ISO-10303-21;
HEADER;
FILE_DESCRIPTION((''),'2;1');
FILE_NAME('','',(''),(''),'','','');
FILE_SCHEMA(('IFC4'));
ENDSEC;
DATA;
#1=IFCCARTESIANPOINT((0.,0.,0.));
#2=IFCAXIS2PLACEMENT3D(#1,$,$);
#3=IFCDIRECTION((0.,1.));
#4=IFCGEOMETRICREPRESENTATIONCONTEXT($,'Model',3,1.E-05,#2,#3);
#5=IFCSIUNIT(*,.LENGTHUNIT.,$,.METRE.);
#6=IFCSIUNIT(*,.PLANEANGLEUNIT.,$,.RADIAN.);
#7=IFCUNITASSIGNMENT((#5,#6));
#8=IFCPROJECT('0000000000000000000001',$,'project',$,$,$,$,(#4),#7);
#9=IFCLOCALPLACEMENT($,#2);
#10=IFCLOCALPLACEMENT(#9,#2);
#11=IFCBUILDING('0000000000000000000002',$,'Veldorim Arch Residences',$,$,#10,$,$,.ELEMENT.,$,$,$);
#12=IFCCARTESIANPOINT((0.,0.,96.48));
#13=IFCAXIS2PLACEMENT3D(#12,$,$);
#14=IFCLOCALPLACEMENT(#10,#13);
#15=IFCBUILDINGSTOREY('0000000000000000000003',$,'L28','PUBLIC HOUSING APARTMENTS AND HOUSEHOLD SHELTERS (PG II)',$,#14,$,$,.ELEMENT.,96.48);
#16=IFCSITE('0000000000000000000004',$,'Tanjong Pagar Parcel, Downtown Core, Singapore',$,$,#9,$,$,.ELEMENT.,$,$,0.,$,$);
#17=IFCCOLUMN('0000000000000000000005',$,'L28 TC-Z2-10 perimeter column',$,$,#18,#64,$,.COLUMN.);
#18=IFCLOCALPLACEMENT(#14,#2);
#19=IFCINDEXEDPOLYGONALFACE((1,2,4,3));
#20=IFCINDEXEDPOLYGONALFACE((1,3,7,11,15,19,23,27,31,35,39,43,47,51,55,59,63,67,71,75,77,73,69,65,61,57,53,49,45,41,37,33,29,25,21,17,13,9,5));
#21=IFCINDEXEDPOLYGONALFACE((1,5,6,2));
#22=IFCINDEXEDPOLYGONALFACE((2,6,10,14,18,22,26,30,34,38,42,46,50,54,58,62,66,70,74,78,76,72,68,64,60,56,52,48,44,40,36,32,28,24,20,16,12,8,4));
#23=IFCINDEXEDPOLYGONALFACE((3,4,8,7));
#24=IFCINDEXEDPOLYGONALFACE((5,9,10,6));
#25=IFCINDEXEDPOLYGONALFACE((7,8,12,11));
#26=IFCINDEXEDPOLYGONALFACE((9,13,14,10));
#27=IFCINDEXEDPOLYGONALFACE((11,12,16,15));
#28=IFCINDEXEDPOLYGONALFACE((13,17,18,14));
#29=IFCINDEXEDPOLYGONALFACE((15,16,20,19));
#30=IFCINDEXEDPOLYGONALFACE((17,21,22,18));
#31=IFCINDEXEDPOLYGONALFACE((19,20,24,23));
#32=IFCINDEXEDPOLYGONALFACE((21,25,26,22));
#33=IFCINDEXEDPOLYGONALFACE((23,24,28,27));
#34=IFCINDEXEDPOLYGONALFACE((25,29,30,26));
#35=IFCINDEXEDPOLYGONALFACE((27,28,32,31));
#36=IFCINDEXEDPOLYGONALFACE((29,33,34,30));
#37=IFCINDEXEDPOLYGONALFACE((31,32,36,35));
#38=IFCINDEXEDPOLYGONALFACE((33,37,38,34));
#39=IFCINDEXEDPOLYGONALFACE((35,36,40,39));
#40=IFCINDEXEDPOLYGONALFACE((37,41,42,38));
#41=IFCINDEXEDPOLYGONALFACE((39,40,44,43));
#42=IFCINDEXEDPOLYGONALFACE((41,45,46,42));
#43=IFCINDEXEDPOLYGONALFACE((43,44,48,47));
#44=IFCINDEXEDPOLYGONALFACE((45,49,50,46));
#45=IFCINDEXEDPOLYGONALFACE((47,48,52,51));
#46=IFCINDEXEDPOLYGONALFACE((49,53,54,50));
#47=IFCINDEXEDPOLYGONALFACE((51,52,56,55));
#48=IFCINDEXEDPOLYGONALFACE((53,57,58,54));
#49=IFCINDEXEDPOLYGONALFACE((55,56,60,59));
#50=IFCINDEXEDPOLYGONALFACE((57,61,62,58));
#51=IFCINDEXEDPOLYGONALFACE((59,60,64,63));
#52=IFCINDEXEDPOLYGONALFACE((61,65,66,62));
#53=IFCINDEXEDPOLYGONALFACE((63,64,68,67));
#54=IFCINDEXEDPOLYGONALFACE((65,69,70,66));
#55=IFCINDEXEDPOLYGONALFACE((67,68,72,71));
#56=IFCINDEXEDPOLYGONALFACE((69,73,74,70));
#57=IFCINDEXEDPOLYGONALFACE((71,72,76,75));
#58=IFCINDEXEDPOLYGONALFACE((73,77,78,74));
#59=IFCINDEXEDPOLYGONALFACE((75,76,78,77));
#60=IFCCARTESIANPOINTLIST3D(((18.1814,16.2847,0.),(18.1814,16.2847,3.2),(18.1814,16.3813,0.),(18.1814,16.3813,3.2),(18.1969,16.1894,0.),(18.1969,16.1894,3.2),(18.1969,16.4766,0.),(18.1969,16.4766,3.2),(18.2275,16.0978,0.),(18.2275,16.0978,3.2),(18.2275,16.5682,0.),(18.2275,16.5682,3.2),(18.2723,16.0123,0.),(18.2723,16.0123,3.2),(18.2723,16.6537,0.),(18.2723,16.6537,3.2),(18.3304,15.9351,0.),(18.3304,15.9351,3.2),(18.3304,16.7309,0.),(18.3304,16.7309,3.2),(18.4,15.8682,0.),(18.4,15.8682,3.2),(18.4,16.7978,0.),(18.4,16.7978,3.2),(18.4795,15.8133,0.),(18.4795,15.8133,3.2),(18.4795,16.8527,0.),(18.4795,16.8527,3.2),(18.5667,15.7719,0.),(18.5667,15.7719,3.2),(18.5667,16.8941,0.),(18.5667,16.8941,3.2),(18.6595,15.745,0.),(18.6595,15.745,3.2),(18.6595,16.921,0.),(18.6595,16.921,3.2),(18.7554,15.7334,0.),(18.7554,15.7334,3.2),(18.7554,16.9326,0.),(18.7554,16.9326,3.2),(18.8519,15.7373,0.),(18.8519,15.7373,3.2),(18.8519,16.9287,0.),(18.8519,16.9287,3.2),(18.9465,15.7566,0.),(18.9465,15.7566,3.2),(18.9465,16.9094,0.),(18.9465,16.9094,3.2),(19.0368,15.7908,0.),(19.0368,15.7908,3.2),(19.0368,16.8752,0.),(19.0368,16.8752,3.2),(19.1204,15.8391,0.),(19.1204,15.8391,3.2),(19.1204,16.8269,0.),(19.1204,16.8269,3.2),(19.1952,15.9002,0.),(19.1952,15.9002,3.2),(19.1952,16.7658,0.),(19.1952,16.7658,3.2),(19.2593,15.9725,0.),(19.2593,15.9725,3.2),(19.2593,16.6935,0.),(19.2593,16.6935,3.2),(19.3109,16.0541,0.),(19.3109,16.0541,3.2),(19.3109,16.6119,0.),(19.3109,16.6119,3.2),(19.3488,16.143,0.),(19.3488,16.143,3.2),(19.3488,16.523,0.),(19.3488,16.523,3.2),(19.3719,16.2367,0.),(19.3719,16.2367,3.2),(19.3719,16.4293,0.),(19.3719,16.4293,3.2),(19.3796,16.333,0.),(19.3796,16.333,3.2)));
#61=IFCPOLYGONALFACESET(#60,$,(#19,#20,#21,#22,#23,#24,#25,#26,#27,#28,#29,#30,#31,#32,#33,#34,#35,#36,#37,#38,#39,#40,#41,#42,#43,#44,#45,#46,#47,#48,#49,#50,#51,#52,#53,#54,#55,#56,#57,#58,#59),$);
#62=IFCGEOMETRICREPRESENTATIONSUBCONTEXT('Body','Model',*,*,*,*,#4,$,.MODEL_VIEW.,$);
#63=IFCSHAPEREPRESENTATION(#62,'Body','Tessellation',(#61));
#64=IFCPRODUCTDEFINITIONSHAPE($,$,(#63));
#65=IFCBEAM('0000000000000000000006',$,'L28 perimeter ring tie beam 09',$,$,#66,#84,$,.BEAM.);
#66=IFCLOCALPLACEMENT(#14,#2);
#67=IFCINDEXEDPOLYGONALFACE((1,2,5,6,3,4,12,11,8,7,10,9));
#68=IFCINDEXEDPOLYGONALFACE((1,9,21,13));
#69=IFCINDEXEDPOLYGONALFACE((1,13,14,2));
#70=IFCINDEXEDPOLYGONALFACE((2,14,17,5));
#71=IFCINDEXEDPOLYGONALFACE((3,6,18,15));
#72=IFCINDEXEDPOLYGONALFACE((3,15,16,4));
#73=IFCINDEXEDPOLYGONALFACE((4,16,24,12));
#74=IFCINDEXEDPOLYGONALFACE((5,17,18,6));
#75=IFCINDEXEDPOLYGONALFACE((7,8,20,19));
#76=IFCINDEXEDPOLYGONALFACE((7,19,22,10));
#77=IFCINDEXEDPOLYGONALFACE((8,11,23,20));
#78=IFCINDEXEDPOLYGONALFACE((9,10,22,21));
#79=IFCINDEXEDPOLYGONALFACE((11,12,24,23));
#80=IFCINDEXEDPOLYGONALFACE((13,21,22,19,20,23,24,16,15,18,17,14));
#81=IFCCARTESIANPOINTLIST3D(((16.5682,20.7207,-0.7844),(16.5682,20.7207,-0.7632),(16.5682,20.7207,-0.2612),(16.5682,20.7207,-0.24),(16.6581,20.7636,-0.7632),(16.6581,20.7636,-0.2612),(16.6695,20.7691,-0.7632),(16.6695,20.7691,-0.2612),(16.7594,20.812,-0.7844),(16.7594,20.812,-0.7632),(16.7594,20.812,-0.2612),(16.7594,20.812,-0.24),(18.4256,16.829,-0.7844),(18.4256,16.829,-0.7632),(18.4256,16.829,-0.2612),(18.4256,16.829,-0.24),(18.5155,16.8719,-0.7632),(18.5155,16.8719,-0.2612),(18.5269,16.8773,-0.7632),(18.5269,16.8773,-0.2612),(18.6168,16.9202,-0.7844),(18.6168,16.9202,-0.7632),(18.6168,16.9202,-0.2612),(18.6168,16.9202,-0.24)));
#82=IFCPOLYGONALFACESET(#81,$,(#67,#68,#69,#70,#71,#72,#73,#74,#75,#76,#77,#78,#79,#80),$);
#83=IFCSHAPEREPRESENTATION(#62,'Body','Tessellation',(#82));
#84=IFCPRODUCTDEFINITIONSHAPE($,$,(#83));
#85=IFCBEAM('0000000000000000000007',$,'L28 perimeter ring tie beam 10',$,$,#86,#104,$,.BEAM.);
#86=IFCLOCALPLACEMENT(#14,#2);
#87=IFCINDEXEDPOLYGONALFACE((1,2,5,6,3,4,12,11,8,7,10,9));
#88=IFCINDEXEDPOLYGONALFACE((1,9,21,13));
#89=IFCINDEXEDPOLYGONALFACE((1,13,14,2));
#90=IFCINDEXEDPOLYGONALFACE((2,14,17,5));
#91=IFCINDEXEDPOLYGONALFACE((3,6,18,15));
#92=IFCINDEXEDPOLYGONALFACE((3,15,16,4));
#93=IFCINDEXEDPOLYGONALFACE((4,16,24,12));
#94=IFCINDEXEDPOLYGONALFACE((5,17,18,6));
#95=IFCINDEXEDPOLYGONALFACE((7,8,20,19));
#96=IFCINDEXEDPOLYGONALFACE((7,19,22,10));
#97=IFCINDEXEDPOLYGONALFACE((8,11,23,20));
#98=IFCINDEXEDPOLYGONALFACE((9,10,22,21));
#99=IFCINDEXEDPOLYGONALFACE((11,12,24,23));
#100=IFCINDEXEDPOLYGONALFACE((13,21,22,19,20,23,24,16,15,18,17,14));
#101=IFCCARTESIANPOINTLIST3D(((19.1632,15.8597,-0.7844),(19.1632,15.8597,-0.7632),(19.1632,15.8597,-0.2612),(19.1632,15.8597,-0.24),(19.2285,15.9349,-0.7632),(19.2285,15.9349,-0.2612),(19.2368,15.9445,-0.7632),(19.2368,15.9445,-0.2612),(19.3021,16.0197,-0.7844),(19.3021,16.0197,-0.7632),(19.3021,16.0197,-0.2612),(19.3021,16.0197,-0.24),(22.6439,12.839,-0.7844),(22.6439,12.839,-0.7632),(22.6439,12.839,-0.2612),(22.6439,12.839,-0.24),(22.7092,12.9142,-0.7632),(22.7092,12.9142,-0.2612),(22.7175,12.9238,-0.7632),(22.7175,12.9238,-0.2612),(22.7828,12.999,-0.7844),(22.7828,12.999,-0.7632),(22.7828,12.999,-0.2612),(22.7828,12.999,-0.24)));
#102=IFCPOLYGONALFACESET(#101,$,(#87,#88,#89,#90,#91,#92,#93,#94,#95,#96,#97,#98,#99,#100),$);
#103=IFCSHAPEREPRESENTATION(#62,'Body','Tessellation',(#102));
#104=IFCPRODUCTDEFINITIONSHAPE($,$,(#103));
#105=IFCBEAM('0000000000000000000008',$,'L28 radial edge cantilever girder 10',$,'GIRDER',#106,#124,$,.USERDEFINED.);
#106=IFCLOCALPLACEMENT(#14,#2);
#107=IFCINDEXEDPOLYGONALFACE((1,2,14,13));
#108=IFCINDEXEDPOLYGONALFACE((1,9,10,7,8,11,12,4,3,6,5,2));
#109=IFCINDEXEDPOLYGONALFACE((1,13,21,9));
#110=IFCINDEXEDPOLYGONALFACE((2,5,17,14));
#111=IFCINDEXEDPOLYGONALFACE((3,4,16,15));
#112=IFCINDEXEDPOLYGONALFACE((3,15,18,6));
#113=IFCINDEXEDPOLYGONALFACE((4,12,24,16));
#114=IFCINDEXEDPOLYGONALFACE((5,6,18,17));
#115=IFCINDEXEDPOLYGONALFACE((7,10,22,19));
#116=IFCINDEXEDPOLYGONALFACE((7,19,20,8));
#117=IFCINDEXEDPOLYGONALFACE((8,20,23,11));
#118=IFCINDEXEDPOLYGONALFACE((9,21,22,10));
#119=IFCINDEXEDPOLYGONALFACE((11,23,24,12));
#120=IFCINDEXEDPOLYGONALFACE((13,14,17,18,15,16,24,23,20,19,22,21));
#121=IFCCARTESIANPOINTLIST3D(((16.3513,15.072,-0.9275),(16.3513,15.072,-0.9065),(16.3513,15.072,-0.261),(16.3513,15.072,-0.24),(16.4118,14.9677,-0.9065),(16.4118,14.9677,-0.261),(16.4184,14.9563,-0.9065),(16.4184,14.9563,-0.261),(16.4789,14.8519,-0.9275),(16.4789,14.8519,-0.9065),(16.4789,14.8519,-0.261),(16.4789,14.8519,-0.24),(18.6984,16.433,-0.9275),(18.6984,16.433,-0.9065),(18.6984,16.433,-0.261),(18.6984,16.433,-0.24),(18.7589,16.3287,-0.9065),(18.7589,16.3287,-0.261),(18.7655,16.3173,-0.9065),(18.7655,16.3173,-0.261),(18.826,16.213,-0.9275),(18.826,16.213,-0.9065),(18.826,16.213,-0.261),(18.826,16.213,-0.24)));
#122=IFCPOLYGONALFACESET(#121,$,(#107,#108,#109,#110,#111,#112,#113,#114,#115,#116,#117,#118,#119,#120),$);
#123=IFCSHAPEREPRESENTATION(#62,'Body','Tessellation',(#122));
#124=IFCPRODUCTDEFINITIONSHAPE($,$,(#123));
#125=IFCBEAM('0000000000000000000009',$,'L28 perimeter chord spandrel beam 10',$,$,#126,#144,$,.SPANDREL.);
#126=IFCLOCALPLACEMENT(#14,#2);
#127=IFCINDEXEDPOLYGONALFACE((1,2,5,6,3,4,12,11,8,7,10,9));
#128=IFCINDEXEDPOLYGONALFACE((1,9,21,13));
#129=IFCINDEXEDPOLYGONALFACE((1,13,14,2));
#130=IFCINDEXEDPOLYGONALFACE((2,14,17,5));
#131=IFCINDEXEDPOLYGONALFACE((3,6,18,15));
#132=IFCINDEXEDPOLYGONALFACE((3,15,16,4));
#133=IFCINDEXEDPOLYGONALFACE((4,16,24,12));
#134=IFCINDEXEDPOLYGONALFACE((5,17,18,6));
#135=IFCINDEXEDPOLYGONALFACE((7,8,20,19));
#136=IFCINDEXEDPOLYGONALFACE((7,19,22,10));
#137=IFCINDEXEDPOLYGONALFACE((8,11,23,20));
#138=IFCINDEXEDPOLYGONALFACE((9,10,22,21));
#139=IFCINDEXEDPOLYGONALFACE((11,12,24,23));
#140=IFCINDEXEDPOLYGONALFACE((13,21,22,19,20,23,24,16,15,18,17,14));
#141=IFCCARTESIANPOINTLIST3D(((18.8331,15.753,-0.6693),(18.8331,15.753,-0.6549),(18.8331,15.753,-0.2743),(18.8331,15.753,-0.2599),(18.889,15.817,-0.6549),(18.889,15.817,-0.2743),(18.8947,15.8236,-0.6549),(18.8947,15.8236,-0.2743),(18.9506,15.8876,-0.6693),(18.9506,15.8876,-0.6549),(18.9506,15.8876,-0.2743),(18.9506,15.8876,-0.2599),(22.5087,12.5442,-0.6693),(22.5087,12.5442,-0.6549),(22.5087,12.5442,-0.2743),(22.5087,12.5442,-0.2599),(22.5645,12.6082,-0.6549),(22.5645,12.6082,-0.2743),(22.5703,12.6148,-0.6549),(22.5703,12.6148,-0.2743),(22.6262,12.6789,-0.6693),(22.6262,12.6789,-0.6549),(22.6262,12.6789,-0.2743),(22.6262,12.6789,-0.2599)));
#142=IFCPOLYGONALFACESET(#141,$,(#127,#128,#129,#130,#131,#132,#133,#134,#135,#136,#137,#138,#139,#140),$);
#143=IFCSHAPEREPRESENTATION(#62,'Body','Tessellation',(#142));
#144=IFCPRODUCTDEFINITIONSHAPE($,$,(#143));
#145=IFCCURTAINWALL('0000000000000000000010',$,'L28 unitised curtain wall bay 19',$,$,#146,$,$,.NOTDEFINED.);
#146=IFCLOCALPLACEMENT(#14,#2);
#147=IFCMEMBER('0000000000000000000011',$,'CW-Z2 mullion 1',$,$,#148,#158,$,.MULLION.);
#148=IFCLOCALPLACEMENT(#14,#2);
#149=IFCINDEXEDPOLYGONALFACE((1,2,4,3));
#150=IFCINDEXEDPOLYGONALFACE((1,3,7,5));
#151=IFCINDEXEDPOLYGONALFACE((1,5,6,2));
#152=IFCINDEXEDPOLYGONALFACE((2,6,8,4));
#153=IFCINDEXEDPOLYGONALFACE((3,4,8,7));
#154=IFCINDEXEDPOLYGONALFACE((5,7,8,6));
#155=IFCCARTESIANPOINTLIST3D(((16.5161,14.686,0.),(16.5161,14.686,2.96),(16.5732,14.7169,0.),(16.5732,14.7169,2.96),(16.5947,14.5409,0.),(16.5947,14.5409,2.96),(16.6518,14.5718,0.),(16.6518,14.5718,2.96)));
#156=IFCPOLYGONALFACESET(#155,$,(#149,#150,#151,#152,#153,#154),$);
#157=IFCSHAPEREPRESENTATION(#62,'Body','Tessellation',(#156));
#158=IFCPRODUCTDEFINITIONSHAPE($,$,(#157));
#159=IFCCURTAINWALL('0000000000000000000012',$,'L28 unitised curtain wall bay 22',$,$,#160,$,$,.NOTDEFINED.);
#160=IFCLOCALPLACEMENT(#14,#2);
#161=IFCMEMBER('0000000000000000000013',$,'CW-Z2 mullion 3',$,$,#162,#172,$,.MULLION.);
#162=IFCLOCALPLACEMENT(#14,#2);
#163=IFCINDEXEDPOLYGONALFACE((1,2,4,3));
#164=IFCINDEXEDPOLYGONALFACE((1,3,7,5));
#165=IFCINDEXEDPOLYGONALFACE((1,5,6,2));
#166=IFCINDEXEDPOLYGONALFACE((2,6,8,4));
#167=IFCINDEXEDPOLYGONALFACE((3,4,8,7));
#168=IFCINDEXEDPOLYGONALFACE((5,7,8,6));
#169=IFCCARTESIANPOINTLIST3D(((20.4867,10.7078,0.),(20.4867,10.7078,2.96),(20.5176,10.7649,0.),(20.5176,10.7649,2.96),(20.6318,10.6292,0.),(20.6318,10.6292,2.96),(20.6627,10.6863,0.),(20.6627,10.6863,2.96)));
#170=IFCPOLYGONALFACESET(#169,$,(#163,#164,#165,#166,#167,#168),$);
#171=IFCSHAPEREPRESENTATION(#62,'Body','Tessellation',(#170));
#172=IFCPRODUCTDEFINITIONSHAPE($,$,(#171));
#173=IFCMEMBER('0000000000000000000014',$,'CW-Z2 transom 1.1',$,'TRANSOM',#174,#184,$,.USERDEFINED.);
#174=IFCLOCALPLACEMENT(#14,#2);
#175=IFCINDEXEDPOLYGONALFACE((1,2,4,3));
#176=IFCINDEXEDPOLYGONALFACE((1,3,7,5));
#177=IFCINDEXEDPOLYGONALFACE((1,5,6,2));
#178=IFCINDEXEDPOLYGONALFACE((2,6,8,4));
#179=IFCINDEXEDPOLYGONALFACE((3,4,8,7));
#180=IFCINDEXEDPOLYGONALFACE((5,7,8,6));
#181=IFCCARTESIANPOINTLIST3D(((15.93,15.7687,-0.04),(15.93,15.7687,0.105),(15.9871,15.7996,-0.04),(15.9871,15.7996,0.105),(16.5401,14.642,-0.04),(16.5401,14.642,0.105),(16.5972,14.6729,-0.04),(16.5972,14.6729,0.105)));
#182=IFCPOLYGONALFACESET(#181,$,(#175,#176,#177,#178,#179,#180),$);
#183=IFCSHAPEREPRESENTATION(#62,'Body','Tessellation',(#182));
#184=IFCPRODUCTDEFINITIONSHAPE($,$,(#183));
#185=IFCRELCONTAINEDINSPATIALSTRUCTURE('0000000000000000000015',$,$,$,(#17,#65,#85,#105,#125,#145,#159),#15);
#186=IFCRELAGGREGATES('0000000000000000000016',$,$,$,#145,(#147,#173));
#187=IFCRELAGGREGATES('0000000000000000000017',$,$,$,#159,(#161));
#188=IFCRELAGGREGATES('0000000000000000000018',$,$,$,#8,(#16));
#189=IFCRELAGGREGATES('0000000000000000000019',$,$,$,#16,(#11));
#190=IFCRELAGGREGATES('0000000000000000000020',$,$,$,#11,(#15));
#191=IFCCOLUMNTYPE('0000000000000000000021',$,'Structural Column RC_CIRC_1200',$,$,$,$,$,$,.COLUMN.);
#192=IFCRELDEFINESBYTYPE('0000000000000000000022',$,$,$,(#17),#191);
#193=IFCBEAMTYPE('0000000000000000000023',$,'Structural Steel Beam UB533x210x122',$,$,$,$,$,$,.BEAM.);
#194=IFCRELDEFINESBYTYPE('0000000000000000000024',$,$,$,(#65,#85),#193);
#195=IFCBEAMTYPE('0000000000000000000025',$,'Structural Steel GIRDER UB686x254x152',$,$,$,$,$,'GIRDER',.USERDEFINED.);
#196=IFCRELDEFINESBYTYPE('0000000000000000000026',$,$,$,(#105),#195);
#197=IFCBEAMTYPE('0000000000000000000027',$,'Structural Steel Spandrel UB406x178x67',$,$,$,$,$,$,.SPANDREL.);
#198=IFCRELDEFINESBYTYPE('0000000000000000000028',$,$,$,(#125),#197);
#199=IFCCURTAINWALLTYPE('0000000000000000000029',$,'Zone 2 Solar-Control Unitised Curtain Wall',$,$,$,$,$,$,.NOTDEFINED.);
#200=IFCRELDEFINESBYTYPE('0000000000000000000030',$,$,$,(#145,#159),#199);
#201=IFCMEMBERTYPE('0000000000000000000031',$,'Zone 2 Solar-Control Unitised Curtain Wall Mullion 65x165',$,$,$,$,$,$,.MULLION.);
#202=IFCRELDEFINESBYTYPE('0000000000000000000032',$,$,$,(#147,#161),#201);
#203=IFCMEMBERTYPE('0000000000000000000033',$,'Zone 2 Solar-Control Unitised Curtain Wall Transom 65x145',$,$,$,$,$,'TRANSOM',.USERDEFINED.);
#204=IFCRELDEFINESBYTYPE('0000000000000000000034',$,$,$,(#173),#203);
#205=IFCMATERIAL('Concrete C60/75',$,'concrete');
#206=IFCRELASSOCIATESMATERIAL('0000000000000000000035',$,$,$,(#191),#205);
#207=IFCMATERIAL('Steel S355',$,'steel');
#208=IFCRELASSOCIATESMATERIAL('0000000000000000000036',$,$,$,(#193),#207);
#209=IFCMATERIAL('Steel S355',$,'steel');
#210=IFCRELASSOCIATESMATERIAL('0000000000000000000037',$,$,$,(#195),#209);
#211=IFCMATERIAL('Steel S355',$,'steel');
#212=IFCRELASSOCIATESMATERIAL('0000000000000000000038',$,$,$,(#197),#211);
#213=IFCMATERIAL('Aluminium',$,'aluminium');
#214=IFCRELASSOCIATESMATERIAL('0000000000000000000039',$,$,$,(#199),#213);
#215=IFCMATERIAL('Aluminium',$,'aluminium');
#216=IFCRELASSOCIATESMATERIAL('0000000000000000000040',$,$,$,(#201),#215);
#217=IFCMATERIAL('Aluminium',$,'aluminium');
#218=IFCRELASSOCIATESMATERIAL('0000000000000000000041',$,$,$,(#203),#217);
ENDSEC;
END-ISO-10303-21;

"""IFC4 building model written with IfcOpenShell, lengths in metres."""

from ifc_helpers import new_model, si_unit, direction, frame, origin, origin_2d, place, context, subcontext, project, spatial, rectangle, circle, i_section, extrude, material, material_profile, profile_set, type_object, element, aggregate, save


model = new_model("IFC4")

# Units and contexts
model_context = context("Model", 3, precision=1e-05, world=origin(), true_north=direction((0.0, 1.0)))
body_context = subcontext(model_context, "Body", "Model", "MODEL_VIEW")
ifc_project = project(units=[si_unit("LENGTHUNIT", "METRE"), si_unit("PLANEANGLEUNIT", "RADIAN")], contexts=[model_context])

# Site, building, storey
site_placement = place(None, origin())
site = spatial("IfcSite", under=ifc_project, at=site_placement, Name="Tanjong Pagar Parcel, Downtown Core, Singapore", CompositionType="ELEMENT", RefElevation=0.0)
building_placement = place(site_placement, origin())
building = spatial("IfcBuilding", under=site, at=building_placement, Name="Veldorim Arch Residences", CompositionType="ELEMENT")
storey_placement = place(building_placement, frame((0.0, 0.0, 96.48)))
storey = spatial("IfcBuildingStorey", under=building, at=storey_placement, Name="L28", Description="PUBLIC HOUSING APARTMENTS AND HOUSEHOLD SHELTERS (PG II)", CompositionType="ELEMENT", Elevation=96.48)

# Column
ifc_material_1 = material(Name="Concrete C60/75", Category="concrete")
ifc_material_profile_1 = material_profile(ifc_material_1, circle(Radius=0.6001, at=origin_2d()), Name="RC_CIRC_1200")
ifc_profile_set_1 = profile_set([ifc_material_profile_1], Name="Concrete C60/75")
column_type = type_object("IfcColumnType", Name="Structural Column RC_CIRC_1200", PredefinedType="COLUMN", material=ifc_profile_set_1)
column_placement = place(storey_placement, frame((18.7795, 16.333, 0.0), z_axis=(0.0, 0.0, 1.0), x_axis=(1.0, 0.0, 0.0)))
element("IfcColumn", 1, at=column_placement, inside=storey, type_object=column_type, Name="L28 TC-Z2-10 perimeter column", PredefinedType="COLUMN", context=body_context, shape_type="SweptSolid", body=[
    extrude(circle(Radius=0.6001, at=origin_2d()), origin(), (0.0, 0.0, 1.0), 3.2),
])

# Beams
ifc_material_2 = material(Name="Steel S355", Category="steel")
ifc_material_profile_2 = material_profile(ifc_material_2, i_section(OverallWidth=0.2119, OverallDepth=0.5444, WebThickness=0.0127, FlangeThickness=0.0212, at=origin_2d()), Name="UB533x210x122")
ifc_profile_set_2 = profile_set([ifc_material_profile_2], Name="Steel S355")
beam_type_1 = type_object("IfcBeamType", Name="Structural Steel Beam UB533x210x122", PredefinedType="BEAM", material=ifc_profile_set_2)
beam_1_placement = place(storey_placement, frame((16.6638, 20.7664, -0.5122), z_axis=(0.43072, -0.902486, 0.0), x_axis=(0.902486, 0.43072, 0.0)))
element("IfcBeam", 2, at=beam_1_placement, inside=storey, type_object=beam_type_1, Name="L28 perimeter ring tie beam 09", PredefinedType="BEAM", context=body_context, shape_type="SweptSolid", body=[
    extrude(i_section(OverallWidth=0.2119, OverallDepth=0.5444, WebThickness=0.0127, FlangeThickness=0.0212, at=origin_2d()), origin(), (0.0, 0.0, 1.0), 4.3123),
])
beam_2_placement = place(storey_placement, frame((19.2327, 15.9397, -0.5122), z_axis=(0.755245, -0.655443, 0.0), x_axis=(0.655443, 0.755245, 0.0)))
element("IfcBeam", 3, at=beam_2_placement, inside=storey, type_object=beam_type_1, Name="L28 perimeter ring tie beam 10", PredefinedType="BEAM", context=body_context, shape_type="SweptSolid", body=[
    extrude(i_section(OverallWidth=0.2119, OverallDepth=0.5444, WebThickness=0.0127, FlangeThickness=0.0212, at=origin_2d()), origin(), (0.0, 0.0, 1.0), 4.6086),
])
ifc_material_3 = material(Name="Steel S355", Category="steel")
ifc_material_profile_3 = material_profile(ifc_material_3, i_section(OverallWidth=0.2544, OverallDepth=0.6875, WebThickness=0.0132, FlangeThickness=0.021, at=origin_2d()), Name="UB686x254x152")
ifc_profile_set_3 = profile_set([ifc_material_profile_3], Name="Steel S355")
beam_type_2 = type_object("IfcBeamType", Name="Structural Steel GIRDER UB686x254x152", ElementType="GIRDER", PredefinedType="USERDEFINED", material=ifc_profile_set_3)
beam_3_placement = place(storey_placement, frame((18.7622, 16.323, -0.5837), z_axis=(-0.865075, -0.501643, 0.0), x_axis=(0.501643, -0.865075, 0.0)))
element("IfcBeam", 4, at=beam_3_placement, inside=storey, type_object=beam_type_2, Name="L28 radial edge cantilever girder 10", ObjectType="GIRDER", PredefinedType="USERDEFINED", context=body_context, shape_type="SweptSolid", body=[
    extrude(i_section(OverallWidth=0.2544, OverallDepth=0.6875, WebThickness=0.0132, FlangeThickness=0.021, at=origin_2d()), origin(), (0.0, 0.0, 1.0), 2.7131),
])
ifc_material_4 = material(Name="Steel S355", Category="steel")
ifc_material_profile_4 = material_profile(ifc_material_4, i_section(OverallWidth=0.1787, OverallDepth=0.4094, WebThickness=0.0088, FlangeThickness=0.0144, at=origin_2d()), Name="UB406x178x67")
ifc_profile_set_4 = profile_set([ifc_material_profile_4], Name="Steel S355")
beam_type_3 = type_object("IfcBeamType", Name="Structural Steel Spandrel UB406x178x67", PredefinedType="SPANDREL", material=ifc_profile_set_4)
beam_4_placement = place(storey_placement, frame((18.8918, 15.8203, -0.4646), z_axis=(0.753323, -0.65765, 0.0), x_axis=(0.65765, 0.753323, 0.0)))
element("IfcBeam", 5, at=beam_4_placement, inside=storey, type_object=beam_type_3, Name="L28 perimeter chord spandrel beam 10", PredefinedType="SPANDREL", context=body_context, shape_type="SweptSolid", body=[
    extrude(i_section(OverallWidth=0.1787, OverallDepth=0.4094, WebThickness=0.0088, FlangeThickness=0.0144, at=origin_2d()), origin(), (0.0, 0.0, 1.0), 4.8792),
])

# Curtain walls, members
ifc_material_5 = material(Name="Aluminium", Category="aluminium")
curtain_wall_type = type_object("IfcCurtainWallType", Name="Zone 2 Solar-Control Unitised Curtain Wall", PredefinedType="NOTDEFINED", material=ifc_material_5)
curtain_wall_1_placement = place(storey_placement, origin())
curtain_wall_1 = element("IfcCurtainWall", 6, at=curtain_wall_1_placement, inside=storey, type_object=curtain_wall_type, Name="L28 unitised curtain wall bay 19", PredefinedType="NOTDEFINED")
ifc_material_6 = material(Name="Aluminium", Category="aluminium")
ifc_material_profile_5 = material_profile(ifc_material_6, rectangle(XDim=0.0649, YDim=0.165, at=origin_2d()), Name="ALU_MUL_65x165")
ifc_profile_set_5 = profile_set([ifc_material_profile_5], Name="Aluminium")
member_type_1 = type_object("IfcMemberType", Name="Zone 2 Solar-Control Unitised Curtain Wall Mullion 65x165", PredefinedType="MULLION", material=ifc_profile_set_5)
member_1_placement = place(storey_placement, frame((16.584, 14.6289, 0.0), z_axis=(0.0, 0.0, 1.0), x_axis=(-0.879366, -0.476146, 0.0)))
member_1 = element("IfcMember", 7, at=member_1_placement, type_object=member_type_1, Name="CW-Z2 mullion 1", PredefinedType="MULLION", context=body_context, shape_type="SweptSolid", body=[
    extrude(rectangle(XDim=0.0649, YDim=0.165, at=origin_2d()), origin(), (0.0, 0.0, 1.0), 2.96),
])
curtain_wall_2_placement = place(storey_placement, origin())
curtain_wall_2 = element("IfcCurtainWall", 8, at=curtain_wall_2_placement, inside=storey, type_object=curtain_wall_type, Name="L28 unitised curtain wall bay 22", PredefinedType="NOTDEFINED")
member_2_placement = place(storey_placement, frame((20.5747, 10.697, 0.0), z_axis=(0.0, 0.0, 1.0), x_axis=(-0.476096, -0.879393, 0.0)))
member_2 = element("IfcMember", 9, at=member_2_placement, type_object=member_type_1, Name="CW-Z2 mullion 3", PredefinedType="MULLION", context=body_context, shape_type="SweptSolid", body=[
    extrude(rectangle(XDim=0.0649, YDim=0.165, at=origin_2d()), origin(), (0.0, 0.0, 1.0), 2.96),
])

# Member
ifc_material_7 = material(Name="Aluminium", Category="aluminium")
ifc_material_profile_6 = material_profile(ifc_material_7, rectangle(XDim=0.0649, YDim=0.145, at=origin_2d()), Name="ALU_TRN_65x145")
ifc_profile_set_6 = profile_set([ifc_material_profile_6], Name="Aluminium")
member_type_2 = type_object("IfcMemberType", Name="Zone 2 Solar-Control Unitised Curtain Wall Transom 65x145", ElementType="TRANSOM", PredefinedType="USERDEFINED", material=ifc_profile_set_6)
member_3_placement = place(storey_placement, frame((16.5686, 14.6575, 0.0325), z_axis=(-0.476167, 0.879355, 0.0), x_axis=(-0.879355, -0.476167, 0.0)))
member_3 = element("IfcMember", 10, at=member_3_placement, type_object=member_type_2, Name="CW-Z2 transom 1.1", ObjectType="TRANSOM", PredefinedType="USERDEFINED", context=body_context, shape_type="SweptSolid", body=[
    extrude(rectangle(XDim=0.0649, YDim=0.145, at=origin_2d()), origin(), (0.0, 0.0, 1.0), 1.2812),
])
aggregate(curtain_wall_1, [member_1, member_3])

aggregate(curtain_wall_2, [member_2])

save(model, "model.ifc")
